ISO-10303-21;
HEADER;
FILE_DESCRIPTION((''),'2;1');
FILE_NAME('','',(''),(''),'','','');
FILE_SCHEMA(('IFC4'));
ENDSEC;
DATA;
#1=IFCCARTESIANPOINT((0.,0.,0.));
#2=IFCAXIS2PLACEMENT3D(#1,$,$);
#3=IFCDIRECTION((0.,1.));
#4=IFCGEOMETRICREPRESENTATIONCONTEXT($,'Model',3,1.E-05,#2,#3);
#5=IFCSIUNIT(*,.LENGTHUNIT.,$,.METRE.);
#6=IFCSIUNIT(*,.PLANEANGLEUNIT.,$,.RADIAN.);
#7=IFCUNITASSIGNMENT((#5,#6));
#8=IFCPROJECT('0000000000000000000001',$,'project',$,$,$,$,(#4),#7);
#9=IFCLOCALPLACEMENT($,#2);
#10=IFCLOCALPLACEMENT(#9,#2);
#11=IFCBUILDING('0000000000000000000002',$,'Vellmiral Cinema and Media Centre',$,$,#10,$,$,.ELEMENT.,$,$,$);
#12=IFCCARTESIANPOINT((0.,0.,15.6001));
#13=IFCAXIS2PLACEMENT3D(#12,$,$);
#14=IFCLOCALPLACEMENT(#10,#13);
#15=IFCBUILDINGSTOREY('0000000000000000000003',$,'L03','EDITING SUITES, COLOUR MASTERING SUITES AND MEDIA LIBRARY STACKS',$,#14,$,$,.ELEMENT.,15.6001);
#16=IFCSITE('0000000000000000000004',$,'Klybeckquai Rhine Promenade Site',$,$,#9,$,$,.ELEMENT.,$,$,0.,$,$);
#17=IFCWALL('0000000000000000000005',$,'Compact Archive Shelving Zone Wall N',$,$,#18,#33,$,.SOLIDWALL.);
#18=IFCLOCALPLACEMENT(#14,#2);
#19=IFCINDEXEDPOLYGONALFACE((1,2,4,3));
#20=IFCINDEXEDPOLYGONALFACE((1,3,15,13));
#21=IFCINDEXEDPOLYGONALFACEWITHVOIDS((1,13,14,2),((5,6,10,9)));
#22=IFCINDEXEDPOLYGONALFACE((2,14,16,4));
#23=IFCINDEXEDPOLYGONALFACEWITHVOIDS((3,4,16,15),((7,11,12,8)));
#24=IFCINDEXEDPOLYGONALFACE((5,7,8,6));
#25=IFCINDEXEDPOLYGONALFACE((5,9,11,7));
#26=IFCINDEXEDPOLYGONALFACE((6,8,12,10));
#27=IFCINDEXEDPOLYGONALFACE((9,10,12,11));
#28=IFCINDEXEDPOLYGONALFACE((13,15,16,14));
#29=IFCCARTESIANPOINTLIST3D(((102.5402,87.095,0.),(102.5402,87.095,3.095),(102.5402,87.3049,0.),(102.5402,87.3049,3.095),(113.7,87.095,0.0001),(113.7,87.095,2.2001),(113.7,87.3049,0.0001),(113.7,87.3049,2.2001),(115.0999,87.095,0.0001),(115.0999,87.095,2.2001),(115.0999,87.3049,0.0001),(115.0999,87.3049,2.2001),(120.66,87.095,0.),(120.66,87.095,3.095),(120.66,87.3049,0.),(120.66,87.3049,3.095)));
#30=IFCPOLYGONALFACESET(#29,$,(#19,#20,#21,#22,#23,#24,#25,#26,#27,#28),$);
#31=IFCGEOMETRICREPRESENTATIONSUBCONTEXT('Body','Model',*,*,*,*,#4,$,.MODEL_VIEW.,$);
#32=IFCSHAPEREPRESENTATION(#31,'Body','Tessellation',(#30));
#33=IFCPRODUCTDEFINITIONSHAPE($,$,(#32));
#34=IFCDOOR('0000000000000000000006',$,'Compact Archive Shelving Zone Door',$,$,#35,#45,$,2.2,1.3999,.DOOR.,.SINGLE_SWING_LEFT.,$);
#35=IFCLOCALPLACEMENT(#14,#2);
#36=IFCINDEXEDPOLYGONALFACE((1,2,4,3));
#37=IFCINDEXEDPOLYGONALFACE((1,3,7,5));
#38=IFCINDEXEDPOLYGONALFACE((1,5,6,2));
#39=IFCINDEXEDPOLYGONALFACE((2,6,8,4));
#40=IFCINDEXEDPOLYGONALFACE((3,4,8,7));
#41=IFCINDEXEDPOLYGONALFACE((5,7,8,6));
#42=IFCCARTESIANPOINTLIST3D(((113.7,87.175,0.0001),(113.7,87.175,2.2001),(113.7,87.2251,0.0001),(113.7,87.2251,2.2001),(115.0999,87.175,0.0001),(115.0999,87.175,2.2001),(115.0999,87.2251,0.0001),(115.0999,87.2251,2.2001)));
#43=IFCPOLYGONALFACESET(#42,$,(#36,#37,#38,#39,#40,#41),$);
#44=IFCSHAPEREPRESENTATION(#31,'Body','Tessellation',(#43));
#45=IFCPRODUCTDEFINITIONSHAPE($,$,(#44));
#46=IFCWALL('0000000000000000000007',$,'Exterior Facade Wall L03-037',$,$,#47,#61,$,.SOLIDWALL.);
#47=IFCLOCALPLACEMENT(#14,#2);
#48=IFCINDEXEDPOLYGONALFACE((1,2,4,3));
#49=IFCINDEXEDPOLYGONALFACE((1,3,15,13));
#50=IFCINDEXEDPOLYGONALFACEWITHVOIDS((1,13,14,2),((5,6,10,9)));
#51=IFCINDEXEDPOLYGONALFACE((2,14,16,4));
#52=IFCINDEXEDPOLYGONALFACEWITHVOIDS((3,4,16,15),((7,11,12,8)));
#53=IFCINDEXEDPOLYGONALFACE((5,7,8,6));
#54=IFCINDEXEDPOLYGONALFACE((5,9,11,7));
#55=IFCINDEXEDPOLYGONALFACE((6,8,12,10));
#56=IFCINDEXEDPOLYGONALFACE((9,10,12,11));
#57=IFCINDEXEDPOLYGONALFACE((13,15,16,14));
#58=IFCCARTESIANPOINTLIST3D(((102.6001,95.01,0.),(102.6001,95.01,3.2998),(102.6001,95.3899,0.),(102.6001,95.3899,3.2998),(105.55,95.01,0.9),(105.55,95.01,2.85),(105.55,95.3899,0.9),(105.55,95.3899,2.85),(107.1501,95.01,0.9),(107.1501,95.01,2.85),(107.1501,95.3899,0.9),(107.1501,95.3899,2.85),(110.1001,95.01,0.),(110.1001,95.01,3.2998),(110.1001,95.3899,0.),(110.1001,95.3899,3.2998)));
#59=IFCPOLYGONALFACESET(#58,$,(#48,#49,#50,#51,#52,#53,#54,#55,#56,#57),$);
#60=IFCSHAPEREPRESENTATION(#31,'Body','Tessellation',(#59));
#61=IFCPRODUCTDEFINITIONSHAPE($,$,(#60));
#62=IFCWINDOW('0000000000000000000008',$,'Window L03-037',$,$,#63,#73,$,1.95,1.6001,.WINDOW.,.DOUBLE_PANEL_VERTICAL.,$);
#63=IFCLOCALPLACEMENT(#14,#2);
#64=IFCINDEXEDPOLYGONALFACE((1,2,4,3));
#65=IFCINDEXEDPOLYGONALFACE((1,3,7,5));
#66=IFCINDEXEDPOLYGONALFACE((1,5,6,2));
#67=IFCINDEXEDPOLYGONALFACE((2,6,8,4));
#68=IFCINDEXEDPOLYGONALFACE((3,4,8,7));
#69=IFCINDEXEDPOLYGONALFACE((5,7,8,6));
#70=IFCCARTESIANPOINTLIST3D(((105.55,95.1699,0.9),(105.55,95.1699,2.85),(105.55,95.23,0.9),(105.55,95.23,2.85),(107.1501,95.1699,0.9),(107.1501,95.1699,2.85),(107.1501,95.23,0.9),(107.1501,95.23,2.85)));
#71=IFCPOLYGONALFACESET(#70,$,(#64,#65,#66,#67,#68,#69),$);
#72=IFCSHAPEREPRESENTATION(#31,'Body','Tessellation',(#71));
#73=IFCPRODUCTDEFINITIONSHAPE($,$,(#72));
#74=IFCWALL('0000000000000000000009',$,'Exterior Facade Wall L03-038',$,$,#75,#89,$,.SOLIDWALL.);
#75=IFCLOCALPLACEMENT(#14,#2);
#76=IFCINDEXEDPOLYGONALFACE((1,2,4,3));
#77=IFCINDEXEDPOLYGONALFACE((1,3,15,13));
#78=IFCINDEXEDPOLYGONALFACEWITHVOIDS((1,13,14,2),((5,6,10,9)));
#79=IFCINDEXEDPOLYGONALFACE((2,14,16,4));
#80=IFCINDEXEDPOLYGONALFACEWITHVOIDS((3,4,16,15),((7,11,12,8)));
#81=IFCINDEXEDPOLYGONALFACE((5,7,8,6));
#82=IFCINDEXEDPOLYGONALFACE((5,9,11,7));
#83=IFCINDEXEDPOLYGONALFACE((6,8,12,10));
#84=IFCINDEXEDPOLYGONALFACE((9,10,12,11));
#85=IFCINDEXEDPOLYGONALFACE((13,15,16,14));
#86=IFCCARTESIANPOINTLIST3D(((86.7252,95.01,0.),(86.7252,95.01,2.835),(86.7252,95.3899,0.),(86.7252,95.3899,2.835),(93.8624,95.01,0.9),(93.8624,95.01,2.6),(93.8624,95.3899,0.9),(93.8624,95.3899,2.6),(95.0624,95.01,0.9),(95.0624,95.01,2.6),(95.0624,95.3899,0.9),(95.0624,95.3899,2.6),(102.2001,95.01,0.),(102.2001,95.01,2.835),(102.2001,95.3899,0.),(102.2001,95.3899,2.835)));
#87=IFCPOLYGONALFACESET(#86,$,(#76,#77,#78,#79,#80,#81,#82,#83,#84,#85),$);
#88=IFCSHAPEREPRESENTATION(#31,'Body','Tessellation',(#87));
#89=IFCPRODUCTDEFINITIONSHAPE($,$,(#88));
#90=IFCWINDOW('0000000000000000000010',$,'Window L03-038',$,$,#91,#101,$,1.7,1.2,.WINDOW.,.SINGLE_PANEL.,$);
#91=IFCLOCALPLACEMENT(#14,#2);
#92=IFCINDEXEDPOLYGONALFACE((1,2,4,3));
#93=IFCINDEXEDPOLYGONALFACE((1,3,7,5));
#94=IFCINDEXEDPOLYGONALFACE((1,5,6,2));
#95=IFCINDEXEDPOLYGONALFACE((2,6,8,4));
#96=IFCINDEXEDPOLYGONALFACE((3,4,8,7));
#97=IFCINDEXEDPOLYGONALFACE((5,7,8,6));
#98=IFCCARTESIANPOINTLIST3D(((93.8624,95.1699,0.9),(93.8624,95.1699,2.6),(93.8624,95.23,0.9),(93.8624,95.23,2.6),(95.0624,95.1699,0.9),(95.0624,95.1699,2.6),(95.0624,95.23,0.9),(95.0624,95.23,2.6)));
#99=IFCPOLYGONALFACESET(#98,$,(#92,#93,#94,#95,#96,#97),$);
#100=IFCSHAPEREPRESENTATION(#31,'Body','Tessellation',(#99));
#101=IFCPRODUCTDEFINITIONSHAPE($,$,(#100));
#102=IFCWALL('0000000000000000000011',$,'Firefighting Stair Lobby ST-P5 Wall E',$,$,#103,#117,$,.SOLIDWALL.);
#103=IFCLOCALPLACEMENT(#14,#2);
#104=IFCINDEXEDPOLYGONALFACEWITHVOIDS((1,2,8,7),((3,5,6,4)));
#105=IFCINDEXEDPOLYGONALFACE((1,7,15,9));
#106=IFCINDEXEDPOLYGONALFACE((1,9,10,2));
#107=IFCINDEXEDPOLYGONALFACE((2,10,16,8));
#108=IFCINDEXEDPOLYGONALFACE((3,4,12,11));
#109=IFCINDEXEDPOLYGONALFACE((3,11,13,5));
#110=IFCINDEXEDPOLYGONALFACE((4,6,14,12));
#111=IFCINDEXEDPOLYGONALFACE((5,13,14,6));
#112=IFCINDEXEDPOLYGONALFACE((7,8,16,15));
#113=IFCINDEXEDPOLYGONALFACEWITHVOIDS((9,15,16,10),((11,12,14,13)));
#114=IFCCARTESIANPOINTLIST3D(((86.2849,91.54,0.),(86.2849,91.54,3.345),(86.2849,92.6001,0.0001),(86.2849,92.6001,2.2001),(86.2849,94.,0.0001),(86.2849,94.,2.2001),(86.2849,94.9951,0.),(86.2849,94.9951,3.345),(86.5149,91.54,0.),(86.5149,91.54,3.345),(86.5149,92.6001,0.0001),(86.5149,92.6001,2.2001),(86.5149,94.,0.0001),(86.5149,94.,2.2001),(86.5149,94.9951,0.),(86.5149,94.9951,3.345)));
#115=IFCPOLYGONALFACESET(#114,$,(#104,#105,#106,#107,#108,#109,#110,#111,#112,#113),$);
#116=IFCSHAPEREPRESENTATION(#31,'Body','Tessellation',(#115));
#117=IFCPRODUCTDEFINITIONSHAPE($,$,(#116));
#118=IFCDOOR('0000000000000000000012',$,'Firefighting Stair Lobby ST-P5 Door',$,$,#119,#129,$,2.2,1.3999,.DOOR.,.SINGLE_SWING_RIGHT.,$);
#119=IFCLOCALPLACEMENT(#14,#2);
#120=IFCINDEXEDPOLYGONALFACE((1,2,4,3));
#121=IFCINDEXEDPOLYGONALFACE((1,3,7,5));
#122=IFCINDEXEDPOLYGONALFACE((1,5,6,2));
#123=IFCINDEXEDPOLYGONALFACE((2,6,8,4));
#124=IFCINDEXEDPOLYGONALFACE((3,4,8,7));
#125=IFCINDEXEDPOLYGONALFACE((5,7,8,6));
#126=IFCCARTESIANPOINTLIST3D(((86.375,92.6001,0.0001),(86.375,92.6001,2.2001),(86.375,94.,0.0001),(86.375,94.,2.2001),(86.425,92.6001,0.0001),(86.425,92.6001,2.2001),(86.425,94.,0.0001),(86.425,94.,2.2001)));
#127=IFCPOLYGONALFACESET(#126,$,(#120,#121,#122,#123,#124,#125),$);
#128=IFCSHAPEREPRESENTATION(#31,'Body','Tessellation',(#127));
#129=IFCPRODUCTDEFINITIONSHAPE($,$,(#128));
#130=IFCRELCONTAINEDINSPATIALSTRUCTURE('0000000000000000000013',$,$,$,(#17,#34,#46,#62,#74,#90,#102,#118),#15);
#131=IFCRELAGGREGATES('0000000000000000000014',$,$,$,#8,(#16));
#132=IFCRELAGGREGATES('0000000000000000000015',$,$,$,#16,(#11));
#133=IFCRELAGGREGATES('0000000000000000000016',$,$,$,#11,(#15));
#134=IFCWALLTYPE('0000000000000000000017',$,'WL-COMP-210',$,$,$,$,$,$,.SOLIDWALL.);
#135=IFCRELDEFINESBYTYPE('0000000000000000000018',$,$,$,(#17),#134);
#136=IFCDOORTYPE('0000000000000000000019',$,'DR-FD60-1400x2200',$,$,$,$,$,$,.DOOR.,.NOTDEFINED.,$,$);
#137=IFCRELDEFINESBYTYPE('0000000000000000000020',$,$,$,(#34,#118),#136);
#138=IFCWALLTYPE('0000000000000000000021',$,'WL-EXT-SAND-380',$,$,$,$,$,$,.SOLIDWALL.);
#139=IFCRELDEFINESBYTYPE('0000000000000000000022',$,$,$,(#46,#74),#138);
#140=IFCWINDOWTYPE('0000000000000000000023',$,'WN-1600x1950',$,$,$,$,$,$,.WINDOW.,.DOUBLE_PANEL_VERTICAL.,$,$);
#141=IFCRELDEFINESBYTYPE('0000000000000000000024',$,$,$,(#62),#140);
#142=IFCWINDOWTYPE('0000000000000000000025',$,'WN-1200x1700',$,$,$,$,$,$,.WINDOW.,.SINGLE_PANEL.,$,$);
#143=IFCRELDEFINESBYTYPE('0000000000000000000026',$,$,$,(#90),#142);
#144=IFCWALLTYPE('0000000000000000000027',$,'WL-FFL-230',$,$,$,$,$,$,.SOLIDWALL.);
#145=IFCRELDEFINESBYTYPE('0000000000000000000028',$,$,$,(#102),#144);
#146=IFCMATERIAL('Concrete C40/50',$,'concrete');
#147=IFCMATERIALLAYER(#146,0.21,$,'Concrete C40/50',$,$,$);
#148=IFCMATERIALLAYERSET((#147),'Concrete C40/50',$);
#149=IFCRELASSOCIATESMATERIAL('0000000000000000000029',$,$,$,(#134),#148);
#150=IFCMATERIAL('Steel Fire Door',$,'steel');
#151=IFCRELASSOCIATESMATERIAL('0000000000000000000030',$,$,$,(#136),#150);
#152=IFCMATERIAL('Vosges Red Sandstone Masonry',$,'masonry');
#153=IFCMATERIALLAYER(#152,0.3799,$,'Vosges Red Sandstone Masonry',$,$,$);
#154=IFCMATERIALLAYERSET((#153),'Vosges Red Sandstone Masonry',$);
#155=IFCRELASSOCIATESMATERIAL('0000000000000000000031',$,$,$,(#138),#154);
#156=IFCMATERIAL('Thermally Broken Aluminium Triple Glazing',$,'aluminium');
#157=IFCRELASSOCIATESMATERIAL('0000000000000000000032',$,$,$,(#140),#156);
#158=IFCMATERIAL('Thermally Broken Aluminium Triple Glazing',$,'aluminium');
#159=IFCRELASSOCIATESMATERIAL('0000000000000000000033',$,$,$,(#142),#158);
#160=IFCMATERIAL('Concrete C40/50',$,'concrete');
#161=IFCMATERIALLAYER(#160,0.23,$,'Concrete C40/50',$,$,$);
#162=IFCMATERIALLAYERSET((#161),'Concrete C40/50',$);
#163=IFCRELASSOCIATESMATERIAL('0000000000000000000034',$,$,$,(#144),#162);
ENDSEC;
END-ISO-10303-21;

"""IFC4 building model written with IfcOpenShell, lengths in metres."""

from ifc_helpers import new_model, si_unit, direction, frame, frame_2d, origin, place, context, subcontext, project, spatial, rectangle, extrude, material, layer, layer_set, type_object, element, fill, save


model = new_model("IFC4")

# Units and contexts
model_context = context("Model", 3, precision=1e-05, world=origin(), true_north=direction((0.0, 1.0)))
body_context = subcontext(model_context, "Body", "Model", "MODEL_VIEW")
ifc_project = project(units=[si_unit("LENGTHUNIT", "METRE"), si_unit("PLANEANGLEUNIT", "RADIAN")], contexts=[model_context])

# Site, building, storey
site_placement = place(None, origin())
site = spatial("IfcSite", under=ifc_project, at=site_placement, Name="Klybeckquai Rhine Promenade Site", CompositionType="ELEMENT", RefElevation=0.0)
building_placement = place(site_placement, origin())
building = spatial("IfcBuilding", under=site, at=building_placement, Name="Vellmiral Cinema and Media Centre", CompositionType="ELEMENT")
storey_placement = place(building_placement, frame((0.0, 0.0, 15.6001)))
storey = spatial("IfcBuildingStorey", under=building, at=storey_placement, Name="L03", Description="EDITING SUITES, COLOUR MASTERING SUITES AND MEDIA LIBRARY STACKS", CompositionType="ELEMENT", Elevation=15.6001)

# Wall, opening, door
ifc_material_1 = material(Name="Concrete C40/50", Category="concrete")
ifc_layer_1 = layer(ifc_material_1, 0.21, Name="Concrete C40/50")
ifc_layer_set_1 = layer_set([ifc_layer_1], Name="Concrete C40/50")
wall_type_1 = type_object("IfcWallType", Name="WL-COMP-210", PredefinedType="SOLIDWALL", material=ifc_layer_set_1)
wall_1_placement = place(storey_placement, frame((102.54, 87.2, 0.0), z_axis=(0.0, 0.0, 1.0), x_axis=(1.0, 0.0, 0.0)))
wall_1 = element("IfcWall", 1, at=wall_1_placement, inside=storey, type_object=wall_type_1, Name="Compact Archive Shelving Zone Wall N", PredefinedType="SOLIDWALL", context=body_context, shape_type="SweptSolid", body=[
    extrude(rectangle(XDim=18.1199, YDim=0.21, at=frame_2d((9.0601, 0.0))), origin(), (0.0, 0.0, 1.0), 3.095),
])
opening_1_placement = place(wall_1_placement, frame((11.1599, 0.0, 0.0)))
opening_1 = element("IfcOpeningElement", 2, at=opening_1_placement, cuts=wall_1, PredefinedType="OPENING", context=body_context, shape_type="SweptSolid", body=[
    extrude(rectangle(XDim=1.3999, YDim=2.2, at=frame_2d((0.7, 1.1001))), frame((0.0, 0.1169, 0.0), z_axis=(0.0, -1.0, 0.0), x_axis=(1.0, 0.0, 0.0)), (0.0, 0.0, 1.0), 0.2339),
])
ifc_material_2 = material(Name="Steel Fire Door", Category="steel")
door_type = type_object("IfcDoorType", Name="DR-FD60-1400x2200", OperationType="NOTDEFINED", PredefinedType="DOOR", material=ifc_material_2)
door_1_placement = place(opening_1_placement, frame((1.3999, 0.0, 0.0), z_axis=(0.0, 0.0, 1.0), x_axis=(-1.0, 0.0, 0.0)))
door_1 = element("IfcDoor", 3, at=door_1_placement, inside=storey, type_object=door_type, Name="Compact Archive Shelving Zone Door", OperationType="SINGLE_SWING_LEFT", OverallHeight=2.2, OverallWidth=1.3999, PredefinedType="DOOR", context=body_context, shape_type="SweptSolid", body=[
    extrude(rectangle(XDim=1.3999, YDim=2.2, at=frame_2d((0.7, 1.1001))), frame((0.0, 0.0249, 0.0), z_axis=(0.0, -1.0, 0.0), x_axis=(1.0, 0.0, 0.0)), (0.0, 0.0, 1.0), 0.05),
])
fill(opening_1, door_1)

# Walls, openings, windows
ifc_material_3 = material(Name="Vosges Red Sandstone Masonry", Category="masonry")
ifc_layer_2 = layer(ifc_material_3, 0.3799, Name="Vosges Red Sandstone Masonry")
ifc_layer_set_2 = layer_set([ifc_layer_2], Name="Vosges Red Sandstone Masonry")
wall_type_2 = type_object("IfcWallType", Name="WL-EXT-SAND-380", PredefinedType="SOLIDWALL", material=ifc_layer_set_2)
wall_2_placement = place(storey_placement, frame((110.1001, 95.2, 0.0), z_axis=(0.0, 0.0, 1.0), x_axis=(-1.0, 0.0, 0.0)))
wall_2 = element("IfcWall", 4, at=wall_2_placement, inside=storey, type_object=wall_type_2, Name="Exterior Facade Wall L03-037", PredefinedType="SOLIDWALL", context=body_context, shape_type="SweptSolid", body=[
    extrude(rectangle(XDim=7.5, YDim=0.3799, at=frame_2d((3.75, 0.0))), origin(), (0.0, 0.0, 1.0), 3.2998),
])
opening_2_placement = place(wall_2_placement, frame((2.95, 0.0, 0.8999)))
opening_2 = element("IfcOpeningElement", 5, at=opening_2_placement, cuts=wall_2, PredefinedType="OPENING", context=body_context, shape_type="SweptSolid", body=[
    extrude(rectangle(XDim=1.6001, YDim=1.95, at=frame_2d((0.8, 0.9751))), frame((0.0, 0.2019, 0.0), z_axis=(0.0, -1.0, 0.0), x_axis=(1.0, 0.0, 0.0)), (0.0, 0.0, 1.0), 0.4038),
])
ifc_material_4 = material(Name="Thermally Broken Aluminium Triple Glazing", Category="aluminium")
window_type_1 = type_object("IfcWindowType", Name="WN-1600x1950", PartitioningType="DOUBLE_PANEL_VERTICAL", PredefinedType="WINDOW", material=ifc_material_4)
window_1_placement = place(opening_2_placement, origin())
window_1 = element("IfcWindow", 6, at=window_1_placement, inside=storey, type_object=window_type_1, Name="Window L03-037", OverallHeight=1.95, OverallWidth=1.6001, PartitioningType="DOUBLE_PANEL_VERTICAL", PredefinedType="WINDOW", context=body_context, shape_type="SweptSolid", body=[
    extrude(rectangle(XDim=1.6001, YDim=1.95, at=frame_2d((0.8, 0.9751))), frame((0.0, 0.03, 0.0), z_axis=(0.0, -1.0, 0.0), x_axis=(1.0, 0.0, 0.0)), (0.0, 0.0, 1.0), 0.0601),
])
fill(opening_2, window_1)
wall_3_placement = place(storey_placement, frame((102.2, 95.2, 0.0), z_axis=(0.0, 0.0, 1.0), x_axis=(-1.0, 0.0, 0.0)))
wall_3 = element("IfcWall", 7, at=wall_3_placement, inside=storey, type_object=wall_type_2, Name="Exterior Facade Wall L03-038", PredefinedType="SOLIDWALL", context=body_context, shape_type="SweptSolid", body=[
    extrude(rectangle(XDim=15.4749, YDim=0.3799, at=frame_2d((7.7373, 0.0))), origin(), (0.0, 0.0, 1.0), 2.835),
])
opening_3_placement = place(wall_3_placement, frame((7.1375, 0.0, 0.8999)))
opening_3 = element("IfcOpeningElement", 8, at=opening_3_placement, cuts=wall_3, PredefinedType="OPENING", context=body_context, shape_type="SweptSolid", body=[
    extrude(rectangle(XDim=1.2, YDim=1.7, at=frame_2d((0.6001, 0.8501))), frame((0.0, 0.2019, 0.0), z_axis=(0.0, -1.0, 0.0), x_axis=(1.0, 0.0, 0.0)), (0.0, 0.0, 1.0), 0.4038),
])
ifc_material_5 = material(Name="Thermally Broken Aluminium Triple Glazing", Category="aluminium")
window_type_2 = type_object("IfcWindowType", Name="WN-1200x1700", PartitioningType="SINGLE_PANEL", PredefinedType="WINDOW", material=ifc_material_5)
window_2_placement = place(opening_3_placement, origin())
window_2 = element("IfcWindow", 9, at=window_2_placement, inside=storey, type_object=window_type_2, Name="Window L03-038", OverallHeight=1.7, OverallWidth=1.2, PartitioningType="SINGLE_PANEL", PredefinedType="WINDOW", context=body_context, shape_type="SweptSolid", body=[
    extrude(rectangle(XDim=1.2, YDim=1.7, at=frame_2d((0.6001, 0.8501))), frame((0.0, 0.03, 0.0), z_axis=(0.0, -1.0, 0.0), x_axis=(1.0, 0.0, 0.0)), (0.0, 0.0, 1.0), 0.0601),
])
fill(opening_3, window_2)

# Wall, opening, door
ifc_material_6 = material(Name="Concrete C40/50", Category="concrete")
ifc_layer_3 = layer(ifc_material_6, 0.23, Name="Concrete C40/50")
ifc_layer_set_3 = layer_set([ifc_layer_3], Name="Concrete C40/50")
wall_type_3 = type_object("IfcWallType", Name="WL-FFL-230", PredefinedType="SOLIDWALL", material=ifc_layer_set_3)
wall_4_placement = place(storey_placement, frame((86.3999, 91.54, 0.0), z_axis=(0.0, 0.0, 1.0), x_axis=(0.0, 1.0, 0.0)))
wall_4 = element("IfcWall", 10, at=wall_4_placement, inside=storey, type_object=wall_type_3, Name="Firefighting Stair Lobby ST-P5 Wall E", PredefinedType="SOLIDWALL", context=body_context, shape_type="SweptSolid", body=[
    extrude(rectangle(XDim=3.4551, YDim=0.23, at=frame_2d((1.7275, 0.0))), origin(), (0.0, 0.0, 1.0), 3.345),
])
opening_4_placement = place(wall_4_placement, frame((1.0601, 0.0, 0.0)))
opening_4 = element("IfcOpeningElement", 11, at=opening_4_placement, cuts=wall_4, PredefinedType="OPENING", context=body_context, shape_type="SweptSolid", body=[
    extrude(rectangle(XDim=1.3999, YDim=2.2, at=frame_2d((0.7, 1.1001))), frame((0.0, 0.127, 0.0), z_axis=(0.0, -1.0, 0.0), x_axis=(1.0, 0.0, 0.0)), (0.0, 0.0, 1.0), 0.2539),
])
door_2_placement = place(opening_4_placement, origin())
door_2 = element("IfcDoor", 12, at=door_2_placement, inside=storey, type_object=door_type, Name="Firefighting Stair Lobby ST-P5 Door", OperationType="SINGLE_SWING_RIGHT", OverallHeight=2.2, OverallWidth=1.3999, PredefinedType="DOOR", context=body_context, shape_type="SweptSolid", body=[
    extrude(rectangle(XDim=1.3999, YDim=2.2, at=frame_2d((0.7, 1.1001))), frame((0.0, 0.0249, 0.0), z_axis=(0.0, -1.0, 0.0), x_axis=(1.0, 0.0, 0.0)), (0.0, 0.0, 1.0), 0.05),
])
fill(opening_4, door_2)

save(model, "model.ifc")
